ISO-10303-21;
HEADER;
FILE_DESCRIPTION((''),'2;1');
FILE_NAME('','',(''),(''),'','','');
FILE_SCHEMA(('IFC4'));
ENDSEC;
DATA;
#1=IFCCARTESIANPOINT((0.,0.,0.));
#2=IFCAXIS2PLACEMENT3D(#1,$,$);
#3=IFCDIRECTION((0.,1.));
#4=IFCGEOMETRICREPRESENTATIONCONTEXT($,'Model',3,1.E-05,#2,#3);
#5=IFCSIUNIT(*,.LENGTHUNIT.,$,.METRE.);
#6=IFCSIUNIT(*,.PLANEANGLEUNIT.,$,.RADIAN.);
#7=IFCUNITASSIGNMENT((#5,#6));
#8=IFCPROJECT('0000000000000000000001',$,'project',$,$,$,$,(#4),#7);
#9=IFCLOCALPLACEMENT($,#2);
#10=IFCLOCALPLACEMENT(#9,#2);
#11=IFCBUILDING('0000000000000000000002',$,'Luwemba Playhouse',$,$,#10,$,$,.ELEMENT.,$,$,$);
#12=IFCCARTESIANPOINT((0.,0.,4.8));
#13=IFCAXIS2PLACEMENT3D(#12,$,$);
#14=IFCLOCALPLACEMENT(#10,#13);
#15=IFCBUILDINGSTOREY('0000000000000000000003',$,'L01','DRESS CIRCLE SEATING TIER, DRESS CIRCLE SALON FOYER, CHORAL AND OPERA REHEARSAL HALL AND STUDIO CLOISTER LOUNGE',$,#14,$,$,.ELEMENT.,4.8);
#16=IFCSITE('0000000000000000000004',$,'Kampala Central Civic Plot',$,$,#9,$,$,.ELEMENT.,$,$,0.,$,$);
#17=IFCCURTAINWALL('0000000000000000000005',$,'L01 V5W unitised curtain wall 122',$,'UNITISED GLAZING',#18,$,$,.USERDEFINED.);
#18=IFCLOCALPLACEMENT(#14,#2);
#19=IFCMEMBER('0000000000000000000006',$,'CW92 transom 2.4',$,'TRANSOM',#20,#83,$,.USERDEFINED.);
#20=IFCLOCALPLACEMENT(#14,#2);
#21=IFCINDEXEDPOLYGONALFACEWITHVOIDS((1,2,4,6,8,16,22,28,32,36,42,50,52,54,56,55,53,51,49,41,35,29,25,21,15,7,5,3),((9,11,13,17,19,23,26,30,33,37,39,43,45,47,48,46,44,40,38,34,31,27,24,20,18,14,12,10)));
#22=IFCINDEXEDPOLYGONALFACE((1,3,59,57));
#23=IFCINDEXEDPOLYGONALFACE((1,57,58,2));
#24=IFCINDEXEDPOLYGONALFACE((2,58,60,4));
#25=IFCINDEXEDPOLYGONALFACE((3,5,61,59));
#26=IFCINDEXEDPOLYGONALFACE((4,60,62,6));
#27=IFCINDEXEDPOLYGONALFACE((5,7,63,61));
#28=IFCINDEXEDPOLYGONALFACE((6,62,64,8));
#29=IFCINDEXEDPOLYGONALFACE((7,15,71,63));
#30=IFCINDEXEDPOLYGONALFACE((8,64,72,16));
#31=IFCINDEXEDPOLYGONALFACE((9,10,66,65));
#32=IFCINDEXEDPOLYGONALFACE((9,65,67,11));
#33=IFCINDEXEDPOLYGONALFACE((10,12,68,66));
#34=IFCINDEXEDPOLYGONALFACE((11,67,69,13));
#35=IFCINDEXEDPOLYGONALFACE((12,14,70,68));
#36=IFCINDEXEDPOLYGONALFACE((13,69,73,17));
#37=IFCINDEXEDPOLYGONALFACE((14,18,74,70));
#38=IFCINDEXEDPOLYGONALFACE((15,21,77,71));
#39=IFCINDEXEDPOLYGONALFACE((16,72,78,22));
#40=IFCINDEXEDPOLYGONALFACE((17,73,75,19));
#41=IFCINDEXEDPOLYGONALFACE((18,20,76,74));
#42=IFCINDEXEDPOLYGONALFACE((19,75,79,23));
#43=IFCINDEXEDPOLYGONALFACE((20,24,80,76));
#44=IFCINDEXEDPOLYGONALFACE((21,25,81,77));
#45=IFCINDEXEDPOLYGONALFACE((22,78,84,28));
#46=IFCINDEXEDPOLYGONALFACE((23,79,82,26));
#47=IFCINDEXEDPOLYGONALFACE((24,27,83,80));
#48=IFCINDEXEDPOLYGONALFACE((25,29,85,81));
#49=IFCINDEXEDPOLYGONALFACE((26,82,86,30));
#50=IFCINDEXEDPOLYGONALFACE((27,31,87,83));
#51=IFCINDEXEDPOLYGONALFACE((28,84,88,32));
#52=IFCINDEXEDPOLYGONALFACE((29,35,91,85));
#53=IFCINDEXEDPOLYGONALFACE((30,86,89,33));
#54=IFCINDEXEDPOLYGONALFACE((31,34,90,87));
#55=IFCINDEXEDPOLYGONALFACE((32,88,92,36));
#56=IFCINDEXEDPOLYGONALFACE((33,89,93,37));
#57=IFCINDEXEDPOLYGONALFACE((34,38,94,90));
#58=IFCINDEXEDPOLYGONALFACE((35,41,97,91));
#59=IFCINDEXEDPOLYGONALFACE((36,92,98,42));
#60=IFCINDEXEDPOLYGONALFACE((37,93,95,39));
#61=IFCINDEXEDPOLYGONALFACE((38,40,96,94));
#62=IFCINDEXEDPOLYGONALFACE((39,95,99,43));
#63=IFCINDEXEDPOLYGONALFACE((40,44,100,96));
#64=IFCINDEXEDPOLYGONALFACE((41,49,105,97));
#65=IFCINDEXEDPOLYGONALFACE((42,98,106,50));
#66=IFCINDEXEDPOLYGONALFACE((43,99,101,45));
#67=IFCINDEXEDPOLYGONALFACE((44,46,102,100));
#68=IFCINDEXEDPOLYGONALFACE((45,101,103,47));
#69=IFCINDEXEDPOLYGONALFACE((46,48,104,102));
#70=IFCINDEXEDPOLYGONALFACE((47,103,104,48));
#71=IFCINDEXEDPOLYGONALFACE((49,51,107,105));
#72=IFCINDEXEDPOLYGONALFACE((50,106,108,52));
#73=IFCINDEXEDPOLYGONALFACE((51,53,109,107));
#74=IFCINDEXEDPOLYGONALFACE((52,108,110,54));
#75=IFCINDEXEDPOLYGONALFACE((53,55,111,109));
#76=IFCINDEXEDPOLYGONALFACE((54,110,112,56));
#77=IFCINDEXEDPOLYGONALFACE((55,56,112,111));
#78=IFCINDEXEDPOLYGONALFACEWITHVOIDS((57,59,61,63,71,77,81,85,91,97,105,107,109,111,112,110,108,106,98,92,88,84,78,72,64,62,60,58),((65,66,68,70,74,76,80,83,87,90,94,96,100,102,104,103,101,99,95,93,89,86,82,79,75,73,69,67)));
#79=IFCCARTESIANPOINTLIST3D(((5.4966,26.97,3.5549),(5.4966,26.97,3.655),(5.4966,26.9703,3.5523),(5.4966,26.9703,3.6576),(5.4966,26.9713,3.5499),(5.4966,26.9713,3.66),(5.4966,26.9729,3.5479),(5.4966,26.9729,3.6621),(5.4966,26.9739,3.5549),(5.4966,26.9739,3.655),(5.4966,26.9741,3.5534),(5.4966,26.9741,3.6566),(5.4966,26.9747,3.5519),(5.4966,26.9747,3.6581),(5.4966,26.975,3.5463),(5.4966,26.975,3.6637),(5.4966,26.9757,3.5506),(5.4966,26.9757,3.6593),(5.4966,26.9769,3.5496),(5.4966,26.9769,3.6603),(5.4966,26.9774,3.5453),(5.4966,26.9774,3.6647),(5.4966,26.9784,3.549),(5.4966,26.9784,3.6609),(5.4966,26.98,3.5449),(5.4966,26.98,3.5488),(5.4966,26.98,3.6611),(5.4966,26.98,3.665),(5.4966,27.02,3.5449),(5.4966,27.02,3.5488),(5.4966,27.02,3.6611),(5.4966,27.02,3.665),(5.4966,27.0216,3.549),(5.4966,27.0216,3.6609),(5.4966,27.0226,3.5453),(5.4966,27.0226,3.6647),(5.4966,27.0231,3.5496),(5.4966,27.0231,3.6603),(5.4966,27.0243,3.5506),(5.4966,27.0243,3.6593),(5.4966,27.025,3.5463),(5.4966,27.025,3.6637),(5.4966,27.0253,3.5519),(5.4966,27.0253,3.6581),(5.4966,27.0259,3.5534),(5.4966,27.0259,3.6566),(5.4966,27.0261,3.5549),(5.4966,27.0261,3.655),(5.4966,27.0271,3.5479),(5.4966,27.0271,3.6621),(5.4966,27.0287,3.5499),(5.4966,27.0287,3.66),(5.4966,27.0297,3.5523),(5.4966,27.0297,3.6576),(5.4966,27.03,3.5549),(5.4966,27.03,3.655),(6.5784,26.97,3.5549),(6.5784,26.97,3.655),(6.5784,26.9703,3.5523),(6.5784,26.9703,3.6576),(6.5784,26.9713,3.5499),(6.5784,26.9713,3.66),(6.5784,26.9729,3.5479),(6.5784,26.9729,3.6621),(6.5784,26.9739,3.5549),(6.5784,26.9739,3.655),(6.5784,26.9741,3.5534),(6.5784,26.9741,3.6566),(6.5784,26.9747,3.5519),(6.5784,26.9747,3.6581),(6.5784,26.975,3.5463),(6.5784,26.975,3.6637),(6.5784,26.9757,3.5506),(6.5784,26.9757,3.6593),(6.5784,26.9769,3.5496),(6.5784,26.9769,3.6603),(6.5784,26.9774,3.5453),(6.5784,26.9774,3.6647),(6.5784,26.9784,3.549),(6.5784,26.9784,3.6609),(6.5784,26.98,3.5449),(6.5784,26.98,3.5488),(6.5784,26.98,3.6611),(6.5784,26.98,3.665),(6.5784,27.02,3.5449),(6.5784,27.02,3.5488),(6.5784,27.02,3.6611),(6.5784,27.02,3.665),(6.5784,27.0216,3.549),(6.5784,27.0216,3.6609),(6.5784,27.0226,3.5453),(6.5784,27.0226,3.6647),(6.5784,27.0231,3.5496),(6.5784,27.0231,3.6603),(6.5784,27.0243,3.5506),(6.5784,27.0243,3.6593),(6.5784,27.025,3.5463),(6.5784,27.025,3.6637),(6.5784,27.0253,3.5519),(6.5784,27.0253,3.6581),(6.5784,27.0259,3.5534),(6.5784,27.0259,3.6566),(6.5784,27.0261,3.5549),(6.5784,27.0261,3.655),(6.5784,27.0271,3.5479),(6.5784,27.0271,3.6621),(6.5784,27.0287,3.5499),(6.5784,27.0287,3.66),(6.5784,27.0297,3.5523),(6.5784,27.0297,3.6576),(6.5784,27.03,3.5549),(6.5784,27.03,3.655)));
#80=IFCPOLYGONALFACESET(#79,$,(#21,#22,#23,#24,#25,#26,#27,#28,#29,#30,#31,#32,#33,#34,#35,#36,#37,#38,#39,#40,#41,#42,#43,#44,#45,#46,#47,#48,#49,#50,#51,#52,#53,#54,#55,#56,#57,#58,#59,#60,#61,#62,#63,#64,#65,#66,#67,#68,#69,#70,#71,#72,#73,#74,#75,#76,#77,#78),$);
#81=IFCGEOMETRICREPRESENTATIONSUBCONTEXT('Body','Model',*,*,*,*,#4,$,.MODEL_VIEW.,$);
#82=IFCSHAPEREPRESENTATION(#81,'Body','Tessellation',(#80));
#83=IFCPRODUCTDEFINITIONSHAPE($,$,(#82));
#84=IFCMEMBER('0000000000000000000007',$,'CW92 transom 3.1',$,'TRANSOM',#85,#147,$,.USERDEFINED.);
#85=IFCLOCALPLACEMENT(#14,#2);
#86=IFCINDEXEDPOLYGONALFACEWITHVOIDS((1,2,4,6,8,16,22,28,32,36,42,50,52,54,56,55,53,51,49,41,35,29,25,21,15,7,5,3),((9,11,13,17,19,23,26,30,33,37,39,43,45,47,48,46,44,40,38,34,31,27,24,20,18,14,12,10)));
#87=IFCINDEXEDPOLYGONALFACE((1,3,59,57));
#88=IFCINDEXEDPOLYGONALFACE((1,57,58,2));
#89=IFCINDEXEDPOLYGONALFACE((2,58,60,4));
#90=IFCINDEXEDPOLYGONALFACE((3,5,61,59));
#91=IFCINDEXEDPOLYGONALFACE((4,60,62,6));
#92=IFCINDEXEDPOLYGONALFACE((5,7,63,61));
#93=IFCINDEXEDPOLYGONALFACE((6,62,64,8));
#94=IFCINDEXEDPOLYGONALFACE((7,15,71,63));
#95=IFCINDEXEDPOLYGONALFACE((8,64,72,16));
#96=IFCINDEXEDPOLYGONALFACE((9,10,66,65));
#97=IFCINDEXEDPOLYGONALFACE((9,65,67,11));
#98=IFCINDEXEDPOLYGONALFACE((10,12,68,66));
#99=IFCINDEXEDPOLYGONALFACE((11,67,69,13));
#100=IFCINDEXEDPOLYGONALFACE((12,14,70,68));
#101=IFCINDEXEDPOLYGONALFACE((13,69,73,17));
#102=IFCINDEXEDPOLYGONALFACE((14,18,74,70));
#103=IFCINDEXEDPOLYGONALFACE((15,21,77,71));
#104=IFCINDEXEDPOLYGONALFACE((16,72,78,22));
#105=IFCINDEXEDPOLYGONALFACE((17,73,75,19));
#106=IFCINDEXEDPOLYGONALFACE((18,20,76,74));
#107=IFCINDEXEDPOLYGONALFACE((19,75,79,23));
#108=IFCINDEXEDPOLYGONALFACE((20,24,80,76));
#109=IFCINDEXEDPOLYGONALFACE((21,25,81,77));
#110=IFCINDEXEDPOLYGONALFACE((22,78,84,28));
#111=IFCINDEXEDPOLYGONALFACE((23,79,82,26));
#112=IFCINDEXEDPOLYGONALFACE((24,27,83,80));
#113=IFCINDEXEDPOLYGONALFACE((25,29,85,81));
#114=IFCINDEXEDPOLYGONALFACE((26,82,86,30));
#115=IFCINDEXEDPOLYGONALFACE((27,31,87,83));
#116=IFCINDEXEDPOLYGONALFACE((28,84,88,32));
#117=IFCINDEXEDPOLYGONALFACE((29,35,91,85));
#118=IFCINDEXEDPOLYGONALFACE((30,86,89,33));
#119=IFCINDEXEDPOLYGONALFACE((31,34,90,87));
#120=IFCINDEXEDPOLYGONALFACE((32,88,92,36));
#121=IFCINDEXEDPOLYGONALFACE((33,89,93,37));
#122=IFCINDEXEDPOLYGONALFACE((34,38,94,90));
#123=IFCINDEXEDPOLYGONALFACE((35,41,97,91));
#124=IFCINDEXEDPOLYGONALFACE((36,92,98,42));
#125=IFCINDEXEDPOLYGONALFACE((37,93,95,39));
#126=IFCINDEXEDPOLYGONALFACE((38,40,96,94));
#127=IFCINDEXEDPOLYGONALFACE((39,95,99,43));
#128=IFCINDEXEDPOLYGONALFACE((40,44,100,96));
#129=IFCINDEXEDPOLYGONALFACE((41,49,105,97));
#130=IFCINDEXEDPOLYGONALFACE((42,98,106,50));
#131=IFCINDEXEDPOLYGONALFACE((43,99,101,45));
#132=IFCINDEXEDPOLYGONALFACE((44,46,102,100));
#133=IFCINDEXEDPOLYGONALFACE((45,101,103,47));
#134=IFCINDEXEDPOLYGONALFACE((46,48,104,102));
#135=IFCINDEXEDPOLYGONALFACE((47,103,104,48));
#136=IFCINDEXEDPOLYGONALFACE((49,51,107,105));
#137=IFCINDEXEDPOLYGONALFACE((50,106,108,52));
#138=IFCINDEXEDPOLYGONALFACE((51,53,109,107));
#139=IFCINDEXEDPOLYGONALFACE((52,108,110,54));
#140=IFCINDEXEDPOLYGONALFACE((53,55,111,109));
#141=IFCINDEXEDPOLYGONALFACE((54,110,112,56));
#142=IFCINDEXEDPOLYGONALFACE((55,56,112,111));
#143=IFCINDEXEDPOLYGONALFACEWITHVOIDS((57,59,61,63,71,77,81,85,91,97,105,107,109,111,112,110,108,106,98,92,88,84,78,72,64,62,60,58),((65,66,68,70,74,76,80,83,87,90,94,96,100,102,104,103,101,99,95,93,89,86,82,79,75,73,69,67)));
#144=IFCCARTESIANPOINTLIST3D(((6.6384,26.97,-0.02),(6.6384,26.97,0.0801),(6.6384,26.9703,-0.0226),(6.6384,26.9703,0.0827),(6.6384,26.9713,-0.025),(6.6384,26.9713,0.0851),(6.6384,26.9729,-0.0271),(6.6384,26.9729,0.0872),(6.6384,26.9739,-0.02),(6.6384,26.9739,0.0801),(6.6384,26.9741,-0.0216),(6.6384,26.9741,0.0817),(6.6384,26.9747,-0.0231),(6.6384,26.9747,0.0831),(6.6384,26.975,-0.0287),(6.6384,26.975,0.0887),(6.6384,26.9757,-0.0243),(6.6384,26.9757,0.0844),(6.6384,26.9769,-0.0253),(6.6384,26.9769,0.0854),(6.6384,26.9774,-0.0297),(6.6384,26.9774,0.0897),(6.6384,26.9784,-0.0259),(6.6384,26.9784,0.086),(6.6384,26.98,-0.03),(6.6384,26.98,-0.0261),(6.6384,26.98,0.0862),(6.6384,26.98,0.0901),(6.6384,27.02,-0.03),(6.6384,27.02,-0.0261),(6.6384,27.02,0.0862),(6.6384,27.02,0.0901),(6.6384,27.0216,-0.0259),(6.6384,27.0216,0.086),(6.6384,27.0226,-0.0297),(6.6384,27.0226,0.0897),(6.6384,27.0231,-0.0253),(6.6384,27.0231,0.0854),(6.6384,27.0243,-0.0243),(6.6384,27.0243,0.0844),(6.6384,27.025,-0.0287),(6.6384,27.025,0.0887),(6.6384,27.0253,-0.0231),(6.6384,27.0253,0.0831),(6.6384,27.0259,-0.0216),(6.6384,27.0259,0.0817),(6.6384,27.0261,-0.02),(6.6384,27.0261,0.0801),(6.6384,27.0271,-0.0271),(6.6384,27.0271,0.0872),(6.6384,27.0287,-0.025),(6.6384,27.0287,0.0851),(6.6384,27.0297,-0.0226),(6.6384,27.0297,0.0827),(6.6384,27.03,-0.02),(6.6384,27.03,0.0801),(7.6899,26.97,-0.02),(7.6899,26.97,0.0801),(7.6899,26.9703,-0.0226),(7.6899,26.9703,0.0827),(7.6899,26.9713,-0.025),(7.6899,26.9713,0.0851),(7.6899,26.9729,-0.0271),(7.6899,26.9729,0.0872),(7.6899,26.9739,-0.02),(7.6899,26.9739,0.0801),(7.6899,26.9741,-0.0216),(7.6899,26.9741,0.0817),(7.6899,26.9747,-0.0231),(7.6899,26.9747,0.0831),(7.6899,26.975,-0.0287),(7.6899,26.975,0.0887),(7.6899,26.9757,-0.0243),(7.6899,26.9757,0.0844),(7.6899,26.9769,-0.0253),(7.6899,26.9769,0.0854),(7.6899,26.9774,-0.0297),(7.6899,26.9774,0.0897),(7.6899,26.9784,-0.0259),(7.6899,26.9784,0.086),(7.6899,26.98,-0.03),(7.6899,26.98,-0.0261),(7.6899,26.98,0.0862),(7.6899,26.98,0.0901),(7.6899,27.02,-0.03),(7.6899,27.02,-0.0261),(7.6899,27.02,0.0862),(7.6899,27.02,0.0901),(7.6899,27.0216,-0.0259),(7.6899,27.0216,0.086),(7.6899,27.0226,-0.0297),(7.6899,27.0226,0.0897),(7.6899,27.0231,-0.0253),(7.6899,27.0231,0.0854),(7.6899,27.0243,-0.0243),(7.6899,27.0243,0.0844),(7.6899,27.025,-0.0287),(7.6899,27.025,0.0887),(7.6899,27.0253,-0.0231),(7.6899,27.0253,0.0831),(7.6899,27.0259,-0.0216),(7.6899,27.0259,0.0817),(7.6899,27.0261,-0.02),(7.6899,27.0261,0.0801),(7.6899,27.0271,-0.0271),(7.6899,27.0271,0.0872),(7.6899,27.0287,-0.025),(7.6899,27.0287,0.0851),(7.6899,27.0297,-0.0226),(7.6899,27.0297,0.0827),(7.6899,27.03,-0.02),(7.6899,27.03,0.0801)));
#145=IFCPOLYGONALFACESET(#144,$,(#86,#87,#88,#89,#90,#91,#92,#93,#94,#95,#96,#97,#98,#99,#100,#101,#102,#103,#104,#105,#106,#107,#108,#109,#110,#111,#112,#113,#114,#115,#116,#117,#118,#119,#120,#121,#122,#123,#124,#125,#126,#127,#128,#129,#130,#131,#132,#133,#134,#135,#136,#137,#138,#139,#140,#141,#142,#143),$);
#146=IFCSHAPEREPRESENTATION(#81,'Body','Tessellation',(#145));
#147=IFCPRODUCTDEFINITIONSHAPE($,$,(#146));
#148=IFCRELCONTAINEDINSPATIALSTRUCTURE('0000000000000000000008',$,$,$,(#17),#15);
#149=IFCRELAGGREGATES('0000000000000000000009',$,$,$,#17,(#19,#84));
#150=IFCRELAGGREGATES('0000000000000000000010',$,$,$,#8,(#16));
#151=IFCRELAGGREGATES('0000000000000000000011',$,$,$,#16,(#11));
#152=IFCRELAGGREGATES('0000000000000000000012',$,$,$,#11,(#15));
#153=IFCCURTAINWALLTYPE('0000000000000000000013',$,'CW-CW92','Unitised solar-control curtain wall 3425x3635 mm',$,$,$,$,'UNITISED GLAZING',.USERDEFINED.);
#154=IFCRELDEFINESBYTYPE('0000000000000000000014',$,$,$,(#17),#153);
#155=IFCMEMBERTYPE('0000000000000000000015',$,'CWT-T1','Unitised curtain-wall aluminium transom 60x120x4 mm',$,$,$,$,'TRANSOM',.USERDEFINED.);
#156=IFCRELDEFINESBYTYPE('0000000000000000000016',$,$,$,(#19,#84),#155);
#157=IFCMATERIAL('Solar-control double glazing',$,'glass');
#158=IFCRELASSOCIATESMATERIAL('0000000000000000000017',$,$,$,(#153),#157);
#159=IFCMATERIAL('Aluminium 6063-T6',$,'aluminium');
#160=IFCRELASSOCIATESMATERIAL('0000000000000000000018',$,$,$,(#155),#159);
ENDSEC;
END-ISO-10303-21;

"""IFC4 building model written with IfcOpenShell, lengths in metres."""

from ifc_helpers import new_model, si_unit, direction, frame, origin, origin_2d, place, context, subcontext, project, spatial, hollow_rectangle, extrude, material, material_profile, profile_set, type_object, element, aggregate, save


model = new_model("IFC4")

# Units and contexts
model_context = context("Model", 3, precision=1e-05, world=origin(), true_north=direction((0.0, 1.0)))
body_context = subcontext(model_context, "Body", "Model", "MODEL_VIEW")
ifc_project = project(units=[si_unit("LENGTHUNIT", "METRE"), si_unit("PLANEANGLEUNIT", "RADIAN")], contexts=[model_context])

# Site, building, storey
site_placement = place(None, origin())
site = spatial("IfcSite", under=ifc_project, at=site_placement, Name="Kampala Central Civic Plot", CompositionType="ELEMENT", RefElevation=0.0)
building_placement = place(site_placement, origin())
building = spatial("IfcBuilding", under=site, at=building_placement, Name="Luwemba Playhouse", CompositionType="ELEMENT")
storey_placement = place(building_placement, frame((0.0, 0.0, 4.8)))
storey = spatial("IfcBuildingStorey", under=building, at=storey_placement, Name="L01", Description="DRESS CIRCLE SEATING TIER, DRESS CIRCLE SALON FOYER, CHORAL AND OPERA REHEARSAL HALL AND STUDIO CLOISTER LOUNGE", CompositionType="ELEMENT", Elevation=4.8)

# Curtain wall
ifc_material_1 = material(Name="Solar-control double glazing", Category="glass")
curtain_wall_type_1 = type_object("IfcCurtainWallType", Name="CW-CW92", Description="Unitised solar-control curtain wall 3425x3635 mm", ElementType="UNITISED GLAZING", PredefinedType="USERDEFINED", material=ifc_material_1)
curtain_wall_1_placement = place(storey_placement, origin())
curtain_wall_1 = element("IfcCurtainWall", 1, at=curtain_wall_1_placement, inside=storey, type_object=curtain_wall_type_1, Name="L01 V5W unitised curtain wall 122", ObjectType="UNITISED GLAZING", PredefinedType="USERDEFINED")
ifc_material_2 = material(Name="Aluminium 6063-T6", Category="aluminium")

# Members
ifc_material_profile_1 = material_profile(ifc_material_2, hollow_rectangle(XDim=0.0601, YDim=0.1201, WallThickness=0.0039, InnerFilletRadius=0.0061, OuterFilletRadius=0.01, at=origin_2d()))
ifc_profile_set_1 = profile_set([ifc_material_profile_1], Name="Aluminium 6063-T6")
member_type_1 = type_object("IfcMemberType", Name="CWT-T1", Description="Unitised curtain-wall aluminium transom 60x120x4 mm", ElementType="TRANSOM", PredefinedType="USERDEFINED", material=ifc_profile_set_1)
member_1_placement = place(storey_placement, frame((5.4966, 27.0, 3.605), z_axis=(1.0, 0.0, 0.0), x_axis=(0.0, 1.0, 0.0)))
member_1 = element("IfcMember", 2, at=member_1_placement, type_object=member_type_1, Name="CW92 transom 2.4", ObjectType="TRANSOM", PredefinedType="USERDEFINED", context=body_context, shape_type="SweptSolid", body=[
    extrude(hollow_rectangle(XDim=0.0601, YDim=0.1201, WallThickness=0.0039, InnerFilletRadius=0.0061, OuterFilletRadius=0.01, at=origin_2d()), origin(), (0.0, 0.0, 1.0), 1.0818),
])
member_2_placement = place(storey_placement, frame((6.6384, 27.0, 0.03), z_axis=(1.0, 0.0, 0.0), x_axis=(0.0, 1.0, 0.0)))
member_2 = element("IfcMember", 3, at=member_2_placement, type_object=member_type_1, Name="CW92 transom 3.1", ObjectType="TRANSOM", PredefinedType="USERDEFINED", context=body_context, shape_type="SweptSolid", body=[
    extrude(hollow_rectangle(XDim=0.0601, YDim=0.1201, WallThickness=0.0039, InnerFilletRadius=0.0061, OuterFilletRadius=0.01, at=origin_2d()), origin(), (0.0, 0.0, 1.0), 1.0515),
])

aggregate(curtain_wall_1, [member_1, member_2])

save(model, "model.ifc")
